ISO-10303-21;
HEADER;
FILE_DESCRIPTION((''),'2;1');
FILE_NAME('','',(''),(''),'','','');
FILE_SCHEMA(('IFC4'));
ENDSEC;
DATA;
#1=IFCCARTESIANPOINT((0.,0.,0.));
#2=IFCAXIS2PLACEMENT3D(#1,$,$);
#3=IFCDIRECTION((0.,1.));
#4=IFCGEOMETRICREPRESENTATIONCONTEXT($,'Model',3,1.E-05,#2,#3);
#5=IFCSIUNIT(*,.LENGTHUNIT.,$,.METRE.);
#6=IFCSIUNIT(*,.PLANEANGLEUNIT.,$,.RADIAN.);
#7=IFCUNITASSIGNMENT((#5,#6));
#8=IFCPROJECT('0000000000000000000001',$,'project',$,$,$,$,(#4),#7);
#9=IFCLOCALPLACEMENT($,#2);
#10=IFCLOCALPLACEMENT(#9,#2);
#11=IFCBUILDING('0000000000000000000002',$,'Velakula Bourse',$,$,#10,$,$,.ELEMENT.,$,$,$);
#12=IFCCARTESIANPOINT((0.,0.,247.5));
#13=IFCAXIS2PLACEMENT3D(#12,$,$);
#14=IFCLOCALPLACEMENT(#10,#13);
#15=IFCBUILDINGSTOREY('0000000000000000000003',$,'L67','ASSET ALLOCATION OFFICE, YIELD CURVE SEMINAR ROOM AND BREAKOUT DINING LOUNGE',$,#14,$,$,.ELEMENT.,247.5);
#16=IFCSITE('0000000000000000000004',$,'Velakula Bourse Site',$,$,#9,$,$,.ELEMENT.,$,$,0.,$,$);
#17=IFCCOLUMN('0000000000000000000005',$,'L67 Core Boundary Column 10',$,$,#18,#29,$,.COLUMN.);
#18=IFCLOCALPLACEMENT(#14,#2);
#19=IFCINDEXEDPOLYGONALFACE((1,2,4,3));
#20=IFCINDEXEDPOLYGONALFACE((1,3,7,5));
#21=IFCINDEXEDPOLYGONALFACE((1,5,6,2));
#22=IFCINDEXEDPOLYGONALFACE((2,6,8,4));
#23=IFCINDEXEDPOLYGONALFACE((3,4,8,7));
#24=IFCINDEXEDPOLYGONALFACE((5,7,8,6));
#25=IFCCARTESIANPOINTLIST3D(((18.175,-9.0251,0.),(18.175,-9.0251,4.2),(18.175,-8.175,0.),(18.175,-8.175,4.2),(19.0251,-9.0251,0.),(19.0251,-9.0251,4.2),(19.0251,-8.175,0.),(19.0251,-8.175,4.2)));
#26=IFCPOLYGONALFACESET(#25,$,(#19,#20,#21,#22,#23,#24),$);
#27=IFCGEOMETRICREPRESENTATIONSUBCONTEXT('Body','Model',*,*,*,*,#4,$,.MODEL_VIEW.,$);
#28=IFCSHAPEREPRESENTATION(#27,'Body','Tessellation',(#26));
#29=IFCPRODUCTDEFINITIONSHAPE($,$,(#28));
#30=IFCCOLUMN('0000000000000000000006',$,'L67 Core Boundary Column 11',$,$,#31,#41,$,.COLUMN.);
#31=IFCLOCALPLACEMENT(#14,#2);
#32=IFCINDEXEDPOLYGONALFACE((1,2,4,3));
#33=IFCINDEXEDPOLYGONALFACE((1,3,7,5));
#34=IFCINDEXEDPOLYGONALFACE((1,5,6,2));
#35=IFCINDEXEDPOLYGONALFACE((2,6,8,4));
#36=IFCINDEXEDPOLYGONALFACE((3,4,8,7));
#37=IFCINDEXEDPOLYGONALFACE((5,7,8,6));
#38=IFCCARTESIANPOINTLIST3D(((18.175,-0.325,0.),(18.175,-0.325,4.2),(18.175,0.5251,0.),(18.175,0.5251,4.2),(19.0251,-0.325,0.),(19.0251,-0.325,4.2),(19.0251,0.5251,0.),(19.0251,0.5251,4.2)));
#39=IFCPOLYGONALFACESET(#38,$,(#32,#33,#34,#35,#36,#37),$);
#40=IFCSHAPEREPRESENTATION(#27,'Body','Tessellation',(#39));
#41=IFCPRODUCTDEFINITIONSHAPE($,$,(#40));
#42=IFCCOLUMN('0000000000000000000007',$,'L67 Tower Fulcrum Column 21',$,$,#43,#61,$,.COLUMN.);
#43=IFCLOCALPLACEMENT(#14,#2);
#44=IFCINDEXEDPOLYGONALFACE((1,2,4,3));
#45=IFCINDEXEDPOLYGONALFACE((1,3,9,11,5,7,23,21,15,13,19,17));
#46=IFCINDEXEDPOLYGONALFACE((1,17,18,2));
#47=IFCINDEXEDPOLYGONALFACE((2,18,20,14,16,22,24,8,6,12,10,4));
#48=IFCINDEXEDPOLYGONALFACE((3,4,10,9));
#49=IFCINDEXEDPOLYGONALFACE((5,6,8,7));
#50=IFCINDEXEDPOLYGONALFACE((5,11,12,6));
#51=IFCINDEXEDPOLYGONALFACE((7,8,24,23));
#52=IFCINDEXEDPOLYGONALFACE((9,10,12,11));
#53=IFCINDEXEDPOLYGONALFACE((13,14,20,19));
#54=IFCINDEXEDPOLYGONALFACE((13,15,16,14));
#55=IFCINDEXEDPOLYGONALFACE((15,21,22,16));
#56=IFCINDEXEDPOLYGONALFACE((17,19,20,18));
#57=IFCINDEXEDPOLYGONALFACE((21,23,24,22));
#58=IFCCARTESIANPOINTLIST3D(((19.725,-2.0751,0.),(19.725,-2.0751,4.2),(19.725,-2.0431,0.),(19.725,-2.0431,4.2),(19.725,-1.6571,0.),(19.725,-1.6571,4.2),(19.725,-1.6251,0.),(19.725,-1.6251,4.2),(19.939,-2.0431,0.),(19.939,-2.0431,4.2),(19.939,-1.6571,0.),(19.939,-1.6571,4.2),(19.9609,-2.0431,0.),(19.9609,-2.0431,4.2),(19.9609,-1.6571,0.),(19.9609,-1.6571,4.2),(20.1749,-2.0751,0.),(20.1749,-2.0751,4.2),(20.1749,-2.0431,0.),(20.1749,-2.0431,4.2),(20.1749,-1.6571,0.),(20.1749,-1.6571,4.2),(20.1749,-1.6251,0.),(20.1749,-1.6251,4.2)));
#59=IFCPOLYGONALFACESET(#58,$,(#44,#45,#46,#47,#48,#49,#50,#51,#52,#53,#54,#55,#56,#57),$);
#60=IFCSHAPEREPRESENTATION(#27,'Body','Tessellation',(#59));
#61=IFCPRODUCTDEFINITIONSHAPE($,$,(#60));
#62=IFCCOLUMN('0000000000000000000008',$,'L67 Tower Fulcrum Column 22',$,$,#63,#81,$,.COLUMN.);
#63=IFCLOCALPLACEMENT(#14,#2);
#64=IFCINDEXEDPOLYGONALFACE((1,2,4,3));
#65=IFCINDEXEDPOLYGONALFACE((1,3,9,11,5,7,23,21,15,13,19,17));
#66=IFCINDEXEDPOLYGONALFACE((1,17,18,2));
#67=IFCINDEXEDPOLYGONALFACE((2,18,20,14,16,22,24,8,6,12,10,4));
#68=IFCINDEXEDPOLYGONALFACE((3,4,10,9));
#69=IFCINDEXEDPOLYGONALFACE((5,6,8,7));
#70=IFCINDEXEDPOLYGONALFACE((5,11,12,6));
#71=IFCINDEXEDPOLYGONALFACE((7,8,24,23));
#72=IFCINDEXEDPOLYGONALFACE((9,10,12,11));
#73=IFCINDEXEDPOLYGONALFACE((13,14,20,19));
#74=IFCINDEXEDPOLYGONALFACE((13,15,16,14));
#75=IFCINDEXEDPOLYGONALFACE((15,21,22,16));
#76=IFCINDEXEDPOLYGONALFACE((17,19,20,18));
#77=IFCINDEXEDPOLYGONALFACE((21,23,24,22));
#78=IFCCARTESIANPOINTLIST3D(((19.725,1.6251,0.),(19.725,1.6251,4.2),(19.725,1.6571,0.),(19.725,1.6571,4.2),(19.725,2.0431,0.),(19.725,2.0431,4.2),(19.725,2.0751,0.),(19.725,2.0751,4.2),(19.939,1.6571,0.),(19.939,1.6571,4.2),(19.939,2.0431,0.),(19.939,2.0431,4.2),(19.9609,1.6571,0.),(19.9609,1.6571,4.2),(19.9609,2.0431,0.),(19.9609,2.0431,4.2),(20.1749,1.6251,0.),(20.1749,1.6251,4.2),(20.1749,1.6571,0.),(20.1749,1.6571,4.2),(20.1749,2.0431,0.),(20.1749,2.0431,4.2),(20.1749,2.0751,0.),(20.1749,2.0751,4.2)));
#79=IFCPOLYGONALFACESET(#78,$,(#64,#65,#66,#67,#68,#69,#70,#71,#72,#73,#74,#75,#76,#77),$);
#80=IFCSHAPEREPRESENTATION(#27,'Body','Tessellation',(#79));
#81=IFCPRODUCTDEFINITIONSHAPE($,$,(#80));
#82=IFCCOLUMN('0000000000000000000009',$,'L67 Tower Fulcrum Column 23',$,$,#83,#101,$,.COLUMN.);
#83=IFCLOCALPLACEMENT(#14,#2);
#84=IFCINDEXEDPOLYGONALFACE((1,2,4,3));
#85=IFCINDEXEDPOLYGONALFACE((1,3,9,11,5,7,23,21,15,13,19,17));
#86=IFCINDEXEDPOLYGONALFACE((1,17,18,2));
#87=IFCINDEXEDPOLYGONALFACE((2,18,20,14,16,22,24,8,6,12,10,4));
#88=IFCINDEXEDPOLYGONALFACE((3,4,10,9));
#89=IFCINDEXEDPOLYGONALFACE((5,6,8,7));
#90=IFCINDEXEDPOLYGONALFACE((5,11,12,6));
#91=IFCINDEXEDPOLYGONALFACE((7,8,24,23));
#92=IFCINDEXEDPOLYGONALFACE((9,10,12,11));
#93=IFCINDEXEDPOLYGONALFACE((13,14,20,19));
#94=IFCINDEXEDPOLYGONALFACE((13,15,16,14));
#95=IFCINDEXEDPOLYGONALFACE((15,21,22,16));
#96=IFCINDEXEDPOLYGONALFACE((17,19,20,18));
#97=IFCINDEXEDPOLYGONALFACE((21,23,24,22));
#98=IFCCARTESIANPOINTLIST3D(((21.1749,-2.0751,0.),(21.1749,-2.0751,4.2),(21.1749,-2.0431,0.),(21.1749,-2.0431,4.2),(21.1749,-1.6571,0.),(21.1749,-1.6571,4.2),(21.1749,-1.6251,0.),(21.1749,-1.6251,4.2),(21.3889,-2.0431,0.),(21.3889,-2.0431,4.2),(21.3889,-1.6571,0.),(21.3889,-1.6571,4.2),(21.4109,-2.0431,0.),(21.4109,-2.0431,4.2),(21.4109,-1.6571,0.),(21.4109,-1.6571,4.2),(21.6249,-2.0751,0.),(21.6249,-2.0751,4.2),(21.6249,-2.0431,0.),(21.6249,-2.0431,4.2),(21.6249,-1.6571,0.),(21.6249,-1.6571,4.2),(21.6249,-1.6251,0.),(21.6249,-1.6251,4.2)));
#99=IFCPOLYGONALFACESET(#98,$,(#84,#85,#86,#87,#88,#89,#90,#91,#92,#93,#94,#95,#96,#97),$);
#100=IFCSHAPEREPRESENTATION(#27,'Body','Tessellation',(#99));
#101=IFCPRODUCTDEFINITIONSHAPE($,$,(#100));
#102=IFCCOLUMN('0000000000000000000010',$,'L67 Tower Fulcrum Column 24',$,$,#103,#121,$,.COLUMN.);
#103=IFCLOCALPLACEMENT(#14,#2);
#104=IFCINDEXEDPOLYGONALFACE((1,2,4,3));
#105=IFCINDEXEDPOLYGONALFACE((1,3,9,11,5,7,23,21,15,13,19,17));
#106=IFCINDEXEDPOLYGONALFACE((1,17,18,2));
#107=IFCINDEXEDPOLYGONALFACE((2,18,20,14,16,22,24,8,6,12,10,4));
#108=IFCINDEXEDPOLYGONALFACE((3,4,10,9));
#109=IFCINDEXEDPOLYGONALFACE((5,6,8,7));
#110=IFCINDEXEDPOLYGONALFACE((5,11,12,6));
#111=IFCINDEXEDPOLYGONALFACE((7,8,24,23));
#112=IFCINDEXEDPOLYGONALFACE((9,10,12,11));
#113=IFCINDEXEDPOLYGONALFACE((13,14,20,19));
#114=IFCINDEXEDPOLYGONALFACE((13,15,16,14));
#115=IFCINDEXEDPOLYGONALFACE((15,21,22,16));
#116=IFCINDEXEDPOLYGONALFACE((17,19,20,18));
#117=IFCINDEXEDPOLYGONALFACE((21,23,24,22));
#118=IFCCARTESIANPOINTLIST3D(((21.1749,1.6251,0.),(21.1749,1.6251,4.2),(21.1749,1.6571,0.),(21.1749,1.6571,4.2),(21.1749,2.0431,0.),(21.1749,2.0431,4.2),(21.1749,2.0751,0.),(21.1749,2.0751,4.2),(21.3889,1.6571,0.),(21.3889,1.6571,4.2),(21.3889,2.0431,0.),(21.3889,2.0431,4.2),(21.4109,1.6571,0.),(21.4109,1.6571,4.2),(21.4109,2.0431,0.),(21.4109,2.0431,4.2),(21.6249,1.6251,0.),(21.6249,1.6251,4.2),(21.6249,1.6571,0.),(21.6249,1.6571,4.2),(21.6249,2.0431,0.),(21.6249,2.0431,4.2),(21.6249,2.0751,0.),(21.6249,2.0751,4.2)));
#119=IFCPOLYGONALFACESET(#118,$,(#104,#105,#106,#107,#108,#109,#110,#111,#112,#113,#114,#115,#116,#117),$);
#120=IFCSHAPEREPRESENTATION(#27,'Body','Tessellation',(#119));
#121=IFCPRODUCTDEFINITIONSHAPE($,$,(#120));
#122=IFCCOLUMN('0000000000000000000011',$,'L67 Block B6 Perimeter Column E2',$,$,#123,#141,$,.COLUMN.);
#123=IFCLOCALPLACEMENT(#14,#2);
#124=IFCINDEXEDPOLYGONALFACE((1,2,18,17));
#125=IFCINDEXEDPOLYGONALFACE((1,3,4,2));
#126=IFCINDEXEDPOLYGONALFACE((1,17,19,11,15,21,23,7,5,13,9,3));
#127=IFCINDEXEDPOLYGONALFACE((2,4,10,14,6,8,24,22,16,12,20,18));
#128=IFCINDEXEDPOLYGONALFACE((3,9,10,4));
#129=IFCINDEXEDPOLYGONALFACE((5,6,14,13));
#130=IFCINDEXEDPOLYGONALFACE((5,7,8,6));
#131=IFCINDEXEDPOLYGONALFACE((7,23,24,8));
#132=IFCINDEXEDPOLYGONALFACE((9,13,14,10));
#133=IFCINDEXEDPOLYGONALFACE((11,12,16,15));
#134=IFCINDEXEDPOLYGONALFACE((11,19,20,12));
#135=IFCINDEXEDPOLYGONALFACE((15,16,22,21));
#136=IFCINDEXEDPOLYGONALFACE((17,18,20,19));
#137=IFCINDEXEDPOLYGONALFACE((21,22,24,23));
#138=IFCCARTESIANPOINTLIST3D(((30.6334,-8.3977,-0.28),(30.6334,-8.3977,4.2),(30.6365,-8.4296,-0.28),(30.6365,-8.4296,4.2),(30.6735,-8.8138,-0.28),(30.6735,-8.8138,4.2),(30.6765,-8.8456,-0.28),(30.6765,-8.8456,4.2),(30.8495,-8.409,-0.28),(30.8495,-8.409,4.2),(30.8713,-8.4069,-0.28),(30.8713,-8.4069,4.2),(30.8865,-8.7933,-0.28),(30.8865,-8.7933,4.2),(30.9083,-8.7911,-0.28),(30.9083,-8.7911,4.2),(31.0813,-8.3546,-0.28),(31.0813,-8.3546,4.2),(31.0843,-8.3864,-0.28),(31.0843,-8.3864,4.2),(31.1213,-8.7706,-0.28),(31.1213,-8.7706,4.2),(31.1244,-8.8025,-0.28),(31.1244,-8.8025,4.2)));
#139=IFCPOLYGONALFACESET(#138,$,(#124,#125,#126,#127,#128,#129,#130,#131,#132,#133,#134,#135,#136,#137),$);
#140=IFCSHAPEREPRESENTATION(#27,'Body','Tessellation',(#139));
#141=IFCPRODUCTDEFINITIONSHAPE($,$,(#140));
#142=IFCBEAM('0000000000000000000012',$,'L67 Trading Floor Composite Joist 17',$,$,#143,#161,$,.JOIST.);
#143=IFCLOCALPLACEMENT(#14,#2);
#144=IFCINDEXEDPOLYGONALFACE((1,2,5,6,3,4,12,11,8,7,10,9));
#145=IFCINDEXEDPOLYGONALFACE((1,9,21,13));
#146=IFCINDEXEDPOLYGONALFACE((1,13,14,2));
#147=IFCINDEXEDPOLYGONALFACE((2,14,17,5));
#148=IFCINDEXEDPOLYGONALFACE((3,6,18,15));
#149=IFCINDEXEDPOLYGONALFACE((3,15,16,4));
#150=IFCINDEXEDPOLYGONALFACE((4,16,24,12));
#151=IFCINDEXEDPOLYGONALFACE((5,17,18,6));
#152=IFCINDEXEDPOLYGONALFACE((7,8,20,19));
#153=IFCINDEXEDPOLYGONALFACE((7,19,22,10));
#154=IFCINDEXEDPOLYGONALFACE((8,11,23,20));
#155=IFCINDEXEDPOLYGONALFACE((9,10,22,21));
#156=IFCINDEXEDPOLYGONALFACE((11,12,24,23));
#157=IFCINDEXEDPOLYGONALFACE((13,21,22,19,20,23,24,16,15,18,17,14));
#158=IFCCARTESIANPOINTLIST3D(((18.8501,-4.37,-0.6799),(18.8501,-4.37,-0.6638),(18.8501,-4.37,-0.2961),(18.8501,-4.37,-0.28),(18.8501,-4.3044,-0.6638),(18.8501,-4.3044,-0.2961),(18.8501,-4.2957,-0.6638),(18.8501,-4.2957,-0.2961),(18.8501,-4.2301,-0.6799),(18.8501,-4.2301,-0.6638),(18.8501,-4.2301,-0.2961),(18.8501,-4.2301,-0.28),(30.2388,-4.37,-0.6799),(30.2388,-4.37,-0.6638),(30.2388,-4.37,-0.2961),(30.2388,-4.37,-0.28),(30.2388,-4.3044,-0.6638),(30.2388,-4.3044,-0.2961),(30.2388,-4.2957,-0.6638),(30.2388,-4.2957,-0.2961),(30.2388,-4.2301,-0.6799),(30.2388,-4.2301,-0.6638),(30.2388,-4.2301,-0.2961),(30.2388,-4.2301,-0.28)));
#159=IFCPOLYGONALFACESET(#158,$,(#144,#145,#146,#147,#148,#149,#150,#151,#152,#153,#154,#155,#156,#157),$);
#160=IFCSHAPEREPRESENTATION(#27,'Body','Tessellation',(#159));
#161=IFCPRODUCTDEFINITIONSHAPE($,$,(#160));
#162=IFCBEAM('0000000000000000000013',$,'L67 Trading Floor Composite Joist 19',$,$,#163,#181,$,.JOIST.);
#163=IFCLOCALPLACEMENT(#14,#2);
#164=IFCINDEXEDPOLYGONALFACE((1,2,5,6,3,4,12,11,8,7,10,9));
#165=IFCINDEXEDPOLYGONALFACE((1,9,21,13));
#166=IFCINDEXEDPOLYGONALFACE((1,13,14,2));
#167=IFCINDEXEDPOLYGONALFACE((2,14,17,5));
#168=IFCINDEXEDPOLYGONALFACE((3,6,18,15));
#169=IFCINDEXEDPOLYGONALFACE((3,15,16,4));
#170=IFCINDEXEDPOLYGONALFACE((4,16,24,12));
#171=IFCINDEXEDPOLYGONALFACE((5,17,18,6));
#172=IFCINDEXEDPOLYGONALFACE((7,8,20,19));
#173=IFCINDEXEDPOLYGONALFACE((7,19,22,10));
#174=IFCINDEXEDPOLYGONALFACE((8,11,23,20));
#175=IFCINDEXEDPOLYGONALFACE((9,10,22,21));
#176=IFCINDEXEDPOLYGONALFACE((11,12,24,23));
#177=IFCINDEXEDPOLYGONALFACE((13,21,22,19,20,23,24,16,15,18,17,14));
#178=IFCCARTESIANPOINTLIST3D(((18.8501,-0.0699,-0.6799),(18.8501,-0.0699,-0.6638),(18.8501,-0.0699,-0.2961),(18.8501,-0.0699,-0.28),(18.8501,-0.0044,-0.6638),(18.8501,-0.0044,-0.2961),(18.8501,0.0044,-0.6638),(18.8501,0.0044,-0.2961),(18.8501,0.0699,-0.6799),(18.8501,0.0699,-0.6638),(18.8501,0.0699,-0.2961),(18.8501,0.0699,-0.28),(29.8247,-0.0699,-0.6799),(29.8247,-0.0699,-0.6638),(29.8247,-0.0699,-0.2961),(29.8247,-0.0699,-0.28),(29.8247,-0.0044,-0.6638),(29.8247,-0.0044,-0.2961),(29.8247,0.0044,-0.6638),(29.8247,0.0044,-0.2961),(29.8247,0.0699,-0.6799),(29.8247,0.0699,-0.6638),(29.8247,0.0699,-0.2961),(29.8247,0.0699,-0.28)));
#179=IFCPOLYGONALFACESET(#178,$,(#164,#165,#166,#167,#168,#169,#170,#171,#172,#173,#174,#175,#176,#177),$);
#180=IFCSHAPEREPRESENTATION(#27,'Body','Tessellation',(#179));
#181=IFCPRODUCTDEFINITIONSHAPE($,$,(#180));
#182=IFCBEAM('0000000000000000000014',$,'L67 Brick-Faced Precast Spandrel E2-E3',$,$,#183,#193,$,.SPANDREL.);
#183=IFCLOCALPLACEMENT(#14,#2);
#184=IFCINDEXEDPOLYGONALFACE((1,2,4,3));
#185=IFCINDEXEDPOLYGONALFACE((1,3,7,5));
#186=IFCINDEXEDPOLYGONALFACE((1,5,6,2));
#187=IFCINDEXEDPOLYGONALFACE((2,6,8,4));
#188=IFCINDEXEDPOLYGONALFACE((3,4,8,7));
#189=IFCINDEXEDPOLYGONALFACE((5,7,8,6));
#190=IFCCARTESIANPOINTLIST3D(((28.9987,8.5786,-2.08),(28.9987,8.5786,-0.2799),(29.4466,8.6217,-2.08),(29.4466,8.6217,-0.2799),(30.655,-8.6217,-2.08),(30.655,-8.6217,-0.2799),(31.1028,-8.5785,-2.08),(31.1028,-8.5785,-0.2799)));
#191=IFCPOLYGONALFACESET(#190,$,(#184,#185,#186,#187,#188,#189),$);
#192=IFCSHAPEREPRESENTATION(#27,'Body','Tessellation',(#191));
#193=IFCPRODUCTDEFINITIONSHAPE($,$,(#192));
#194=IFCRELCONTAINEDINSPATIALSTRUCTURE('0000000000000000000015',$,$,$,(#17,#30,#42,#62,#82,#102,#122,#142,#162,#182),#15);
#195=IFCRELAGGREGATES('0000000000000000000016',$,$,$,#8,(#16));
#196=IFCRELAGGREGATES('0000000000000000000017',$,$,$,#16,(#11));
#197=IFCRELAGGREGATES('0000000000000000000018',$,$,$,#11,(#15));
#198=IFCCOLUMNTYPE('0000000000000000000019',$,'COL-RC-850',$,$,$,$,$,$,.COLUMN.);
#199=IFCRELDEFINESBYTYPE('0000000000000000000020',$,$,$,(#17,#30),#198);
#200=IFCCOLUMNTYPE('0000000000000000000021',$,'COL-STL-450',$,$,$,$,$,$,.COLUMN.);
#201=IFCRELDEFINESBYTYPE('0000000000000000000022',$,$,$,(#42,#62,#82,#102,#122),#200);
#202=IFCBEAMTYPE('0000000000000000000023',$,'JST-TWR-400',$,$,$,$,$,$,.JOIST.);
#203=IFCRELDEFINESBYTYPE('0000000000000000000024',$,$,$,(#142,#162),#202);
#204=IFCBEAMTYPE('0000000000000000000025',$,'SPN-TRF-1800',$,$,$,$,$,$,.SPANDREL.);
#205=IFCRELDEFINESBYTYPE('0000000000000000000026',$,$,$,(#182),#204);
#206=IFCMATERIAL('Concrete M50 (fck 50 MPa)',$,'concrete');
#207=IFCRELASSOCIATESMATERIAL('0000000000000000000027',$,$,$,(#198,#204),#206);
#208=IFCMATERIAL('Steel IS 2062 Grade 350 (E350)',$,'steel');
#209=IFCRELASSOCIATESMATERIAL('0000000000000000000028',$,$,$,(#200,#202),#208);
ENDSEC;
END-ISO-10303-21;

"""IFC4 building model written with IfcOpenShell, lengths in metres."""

from ifc_helpers import new_model, si_unit, direction, frame, origin, origin_2d, place, context, subcontext, project, spatial, rectangle, i_section, extrude, material, material_profile, profile_set, type_object, element, save


model = new_model("IFC4")

# Units and contexts
model_context = context("Model", 3, precision=1e-05, world=origin(), true_north=direction((0.0, 1.0)))
body_context = subcontext(model_context, "Body", "Model", "MODEL_VIEW")
ifc_project = project(units=[si_unit("LENGTHUNIT", "METRE"), si_unit("PLANEANGLEUNIT", "RADIAN")], contexts=[model_context])

# Site, building, storey
site_placement = place(None, origin())
site = spatial("IfcSite", under=ifc_project, at=site_placement, Name="Velakula Bourse Site", CompositionType="ELEMENT", RefElevation=0.0)
building_placement = place(site_placement, origin())
building = spatial("IfcBuilding", under=site, at=building_placement, Name="Velakula Bourse", CompositionType="ELEMENT")
storey_placement = place(building_placement, frame((0.0, 0.0, 247.5)))
storey = spatial("IfcBuildingStorey", under=building, at=storey_placement, Name="L67", Description="ASSET ALLOCATION OFFICE, YIELD CURVE SEMINAR ROOM AND BREAKOUT DINING LOUNGE", CompositionType="ELEMENT", Elevation=247.5)

# Columns
ifc_material_1 = material(Name="Concrete M50 (fck 50 MPa)", Category="concrete")
ifc_material_profile_1 = material_profile(ifc_material_1, rectangle(XDim=0.8501, YDim=0.8501, at=origin_2d()), Name="Concrete M50 (fck 50 MPa)")
ifc_profile_set_1 = profile_set([ifc_material_profile_1], Name="Concrete M50 (fck 50 MPa)")
column_type_1 = type_object("IfcColumnType", Name="COL-RC-850", PredefinedType="COLUMN", material=ifc_profile_set_1)
for number, where, z_axis, x_axis, name in (
    (1, (18.6001, -8.6001, 0.0), (0.0, 0.0, 1.0), (1.0, 0.0, 0.0), "L67 Core Boundary Column 10"),
    (2, (18.6001, 0.1001, 0.0), (0.0, 0.0, 1.0), (1.0, 0.0, 0.0), "L67 Core Boundary Column 11"),
):
    element("IfcColumn", number, at=place(storey_placement, frame(where, z_axis=z_axis, x_axis=x_axis)), inside=storey, type_object=column_type_1, Name=name, PredefinedType="COLUMN", context=body_context, shape_type="SweptSolid", body=[
        extrude(rectangle(XDim=0.8501, YDim=0.8501, at=origin_2d()), origin(), (0.0, 0.0, 1.0), 4.2),
    ])
ifc_material_2 = material(Name="Steel IS 2062 Grade 350 (E350)", Category="steel")
ifc_material_profile_2 = material_profile(ifc_material_2, i_section(OverallWidth=0.45, OverallDepth=0.45, WebThickness=0.022, FlangeThickness=0.032, at=origin_2d()), Name="Steel IS 2062 Grade 350 (E350)")
ifc_profile_set_2 = profile_set([ifc_material_profile_2], Name="Steel IS 2062 Grade 350 (E350)")
column_type_2 = type_object("IfcColumnType", Name="COL-STL-450", PredefinedType="COLUMN", material=ifc_profile_set_2)
for number, where, z_axis, x_axis, name in (
    (3, (19.95, -1.8501, 0.0), (0.0, 0.0, 1.0), (1.0, 0.0, 0.0), "L67 Tower Fulcrum Column 21"),
    (4, (19.95, 1.8501, 0.0), (0.0, 0.0, 1.0), (1.0, 0.0, 0.0), "L67 Tower Fulcrum Column 22"),
    (5, (21.3999, -1.8501, 0.0), (0.0, 0.0, 1.0), (1.0, 0.0, 0.0), "L67 Tower Fulcrum Column 23"),
    (6, (21.3999, 1.8501, 0.0), (0.0, 0.0, 1.0), (1.0, 0.0, 0.0), "L67 Tower Fulcrum Column 24"),
):
    element("IfcColumn", number, at=place(storey_placement, frame(where, z_axis=z_axis, x_axis=x_axis)), inside=storey, type_object=column_type_2, Name=name, PredefinedType="COLUMN", context=body_context, shape_type="SweptSolid", body=[
        extrude(i_section(OverallWidth=0.45, OverallDepth=0.45, WebThickness=0.022, FlangeThickness=0.032, at=origin_2d()), origin(), (0.0, 0.0, 1.0), 4.2),
    ])
column_placement = place(storey_placement, frame((30.8789, -8.6001, -0.28), z_axis=(0.0, 0.0, 1.0), x_axis=(0.995396, 0.095846, 0.0)))
element("IfcColumn", 7, at=column_placement, inside=storey, type_object=column_type_2, Name="L67 Block B6 Perimeter Column E2", PredefinedType="COLUMN", context=body_context, shape_type="SweptSolid", body=[
    extrude(i_section(OverallWidth=0.45, OverallDepth=0.45, WebThickness=0.022, FlangeThickness=0.032, at=origin_2d()), origin(), (0.0, 0.0, 1.0), 4.48),
])

# Beams
ifc_material_profile_3 = material_profile(ifc_material_2, i_section(OverallWidth=0.1399, OverallDepth=0.3999, WebThickness=0.0088, FlangeThickness=0.0161, at=origin_2d()), Name="Steel IS 2062 Grade 350 (E350)")
ifc_profile_set_3 = profile_set([ifc_material_profile_3], Name="Steel IS 2062 Grade 350 (E350)")
beam_type_1 = type_object("IfcBeamType", Name="JST-TWR-400", PredefinedType="JOIST", material=ifc_profile_set_3)
beam_1_placement = place(storey_placement, frame((18.8501, -4.3, -0.48), z_axis=(1.0, 0.0, 0.0), x_axis=(0.0, 1.0, 0.0)))
element("IfcBeam", 8, at=beam_1_placement, inside=storey, type_object=beam_type_1, Name="L67 Trading Floor Composite Joist 17", PredefinedType="JOIST", context=body_context, shape_type="SweptSolid", body=[
    extrude(i_section(OverallWidth=0.1399, OverallDepth=0.3999, WebThickness=0.0088, FlangeThickness=0.0161, at=origin_2d()), origin(), (0.0, 0.0, 1.0), 11.3887),
])
beam_2_placement = place(storey_placement, frame((18.8501, 0.0, -0.48), z_axis=(1.0, 0.0, 0.0), x_axis=(0.0, 1.0, 0.0)))
element("IfcBeam", 9, at=beam_2_placement, inside=storey, type_object=beam_type_1, Name="L67 Trading Floor Composite Joist 19", PredefinedType="JOIST", context=body_context, shape_type="SweptSolid", body=[
    extrude(i_section(OverallWidth=0.1399, OverallDepth=0.3999, WebThickness=0.0088, FlangeThickness=0.0161, at=origin_2d()), origin(), (0.0, 0.0, 1.0), 10.9746),
])
ifc_material_profile_4 = material_profile(ifc_material_1, rectangle(XDim=0.45, YDim=1.8, at=origin_2d()), Name="Concrete M50 (fck 50 MPa)")
ifc_profile_set_4 = profile_set([ifc_material_profile_4], Name="Concrete M50 (fck 50 MPa)")
beam_type_2 = type_object("IfcBeamType", Name="SPN-TRF-1800", PredefinedType="SPANDREL", material=ifc_profile_set_4)
beam_3_placement = place(storey_placement, frame((30.8789, -8.6001, -1.1799), z_axis=(-0.095849, 0.995396, 0.0), x_axis=(-0.995396, -0.095849, 0.0)))
element("IfcBeam", 10, at=beam_3_placement, inside=storey, type_object=beam_type_2, Name="L67 Brick-Faced Precast Spandrel E2-E3", PredefinedType="SPANDREL", context=body_context, shape_type="SweptSolid", body=[
    extrude(rectangle(XDim=0.45, YDim=1.8, at=origin_2d()), origin(), (0.0, 0.0, 1.0), 17.2798),
])

save(model, "model.ifc")
